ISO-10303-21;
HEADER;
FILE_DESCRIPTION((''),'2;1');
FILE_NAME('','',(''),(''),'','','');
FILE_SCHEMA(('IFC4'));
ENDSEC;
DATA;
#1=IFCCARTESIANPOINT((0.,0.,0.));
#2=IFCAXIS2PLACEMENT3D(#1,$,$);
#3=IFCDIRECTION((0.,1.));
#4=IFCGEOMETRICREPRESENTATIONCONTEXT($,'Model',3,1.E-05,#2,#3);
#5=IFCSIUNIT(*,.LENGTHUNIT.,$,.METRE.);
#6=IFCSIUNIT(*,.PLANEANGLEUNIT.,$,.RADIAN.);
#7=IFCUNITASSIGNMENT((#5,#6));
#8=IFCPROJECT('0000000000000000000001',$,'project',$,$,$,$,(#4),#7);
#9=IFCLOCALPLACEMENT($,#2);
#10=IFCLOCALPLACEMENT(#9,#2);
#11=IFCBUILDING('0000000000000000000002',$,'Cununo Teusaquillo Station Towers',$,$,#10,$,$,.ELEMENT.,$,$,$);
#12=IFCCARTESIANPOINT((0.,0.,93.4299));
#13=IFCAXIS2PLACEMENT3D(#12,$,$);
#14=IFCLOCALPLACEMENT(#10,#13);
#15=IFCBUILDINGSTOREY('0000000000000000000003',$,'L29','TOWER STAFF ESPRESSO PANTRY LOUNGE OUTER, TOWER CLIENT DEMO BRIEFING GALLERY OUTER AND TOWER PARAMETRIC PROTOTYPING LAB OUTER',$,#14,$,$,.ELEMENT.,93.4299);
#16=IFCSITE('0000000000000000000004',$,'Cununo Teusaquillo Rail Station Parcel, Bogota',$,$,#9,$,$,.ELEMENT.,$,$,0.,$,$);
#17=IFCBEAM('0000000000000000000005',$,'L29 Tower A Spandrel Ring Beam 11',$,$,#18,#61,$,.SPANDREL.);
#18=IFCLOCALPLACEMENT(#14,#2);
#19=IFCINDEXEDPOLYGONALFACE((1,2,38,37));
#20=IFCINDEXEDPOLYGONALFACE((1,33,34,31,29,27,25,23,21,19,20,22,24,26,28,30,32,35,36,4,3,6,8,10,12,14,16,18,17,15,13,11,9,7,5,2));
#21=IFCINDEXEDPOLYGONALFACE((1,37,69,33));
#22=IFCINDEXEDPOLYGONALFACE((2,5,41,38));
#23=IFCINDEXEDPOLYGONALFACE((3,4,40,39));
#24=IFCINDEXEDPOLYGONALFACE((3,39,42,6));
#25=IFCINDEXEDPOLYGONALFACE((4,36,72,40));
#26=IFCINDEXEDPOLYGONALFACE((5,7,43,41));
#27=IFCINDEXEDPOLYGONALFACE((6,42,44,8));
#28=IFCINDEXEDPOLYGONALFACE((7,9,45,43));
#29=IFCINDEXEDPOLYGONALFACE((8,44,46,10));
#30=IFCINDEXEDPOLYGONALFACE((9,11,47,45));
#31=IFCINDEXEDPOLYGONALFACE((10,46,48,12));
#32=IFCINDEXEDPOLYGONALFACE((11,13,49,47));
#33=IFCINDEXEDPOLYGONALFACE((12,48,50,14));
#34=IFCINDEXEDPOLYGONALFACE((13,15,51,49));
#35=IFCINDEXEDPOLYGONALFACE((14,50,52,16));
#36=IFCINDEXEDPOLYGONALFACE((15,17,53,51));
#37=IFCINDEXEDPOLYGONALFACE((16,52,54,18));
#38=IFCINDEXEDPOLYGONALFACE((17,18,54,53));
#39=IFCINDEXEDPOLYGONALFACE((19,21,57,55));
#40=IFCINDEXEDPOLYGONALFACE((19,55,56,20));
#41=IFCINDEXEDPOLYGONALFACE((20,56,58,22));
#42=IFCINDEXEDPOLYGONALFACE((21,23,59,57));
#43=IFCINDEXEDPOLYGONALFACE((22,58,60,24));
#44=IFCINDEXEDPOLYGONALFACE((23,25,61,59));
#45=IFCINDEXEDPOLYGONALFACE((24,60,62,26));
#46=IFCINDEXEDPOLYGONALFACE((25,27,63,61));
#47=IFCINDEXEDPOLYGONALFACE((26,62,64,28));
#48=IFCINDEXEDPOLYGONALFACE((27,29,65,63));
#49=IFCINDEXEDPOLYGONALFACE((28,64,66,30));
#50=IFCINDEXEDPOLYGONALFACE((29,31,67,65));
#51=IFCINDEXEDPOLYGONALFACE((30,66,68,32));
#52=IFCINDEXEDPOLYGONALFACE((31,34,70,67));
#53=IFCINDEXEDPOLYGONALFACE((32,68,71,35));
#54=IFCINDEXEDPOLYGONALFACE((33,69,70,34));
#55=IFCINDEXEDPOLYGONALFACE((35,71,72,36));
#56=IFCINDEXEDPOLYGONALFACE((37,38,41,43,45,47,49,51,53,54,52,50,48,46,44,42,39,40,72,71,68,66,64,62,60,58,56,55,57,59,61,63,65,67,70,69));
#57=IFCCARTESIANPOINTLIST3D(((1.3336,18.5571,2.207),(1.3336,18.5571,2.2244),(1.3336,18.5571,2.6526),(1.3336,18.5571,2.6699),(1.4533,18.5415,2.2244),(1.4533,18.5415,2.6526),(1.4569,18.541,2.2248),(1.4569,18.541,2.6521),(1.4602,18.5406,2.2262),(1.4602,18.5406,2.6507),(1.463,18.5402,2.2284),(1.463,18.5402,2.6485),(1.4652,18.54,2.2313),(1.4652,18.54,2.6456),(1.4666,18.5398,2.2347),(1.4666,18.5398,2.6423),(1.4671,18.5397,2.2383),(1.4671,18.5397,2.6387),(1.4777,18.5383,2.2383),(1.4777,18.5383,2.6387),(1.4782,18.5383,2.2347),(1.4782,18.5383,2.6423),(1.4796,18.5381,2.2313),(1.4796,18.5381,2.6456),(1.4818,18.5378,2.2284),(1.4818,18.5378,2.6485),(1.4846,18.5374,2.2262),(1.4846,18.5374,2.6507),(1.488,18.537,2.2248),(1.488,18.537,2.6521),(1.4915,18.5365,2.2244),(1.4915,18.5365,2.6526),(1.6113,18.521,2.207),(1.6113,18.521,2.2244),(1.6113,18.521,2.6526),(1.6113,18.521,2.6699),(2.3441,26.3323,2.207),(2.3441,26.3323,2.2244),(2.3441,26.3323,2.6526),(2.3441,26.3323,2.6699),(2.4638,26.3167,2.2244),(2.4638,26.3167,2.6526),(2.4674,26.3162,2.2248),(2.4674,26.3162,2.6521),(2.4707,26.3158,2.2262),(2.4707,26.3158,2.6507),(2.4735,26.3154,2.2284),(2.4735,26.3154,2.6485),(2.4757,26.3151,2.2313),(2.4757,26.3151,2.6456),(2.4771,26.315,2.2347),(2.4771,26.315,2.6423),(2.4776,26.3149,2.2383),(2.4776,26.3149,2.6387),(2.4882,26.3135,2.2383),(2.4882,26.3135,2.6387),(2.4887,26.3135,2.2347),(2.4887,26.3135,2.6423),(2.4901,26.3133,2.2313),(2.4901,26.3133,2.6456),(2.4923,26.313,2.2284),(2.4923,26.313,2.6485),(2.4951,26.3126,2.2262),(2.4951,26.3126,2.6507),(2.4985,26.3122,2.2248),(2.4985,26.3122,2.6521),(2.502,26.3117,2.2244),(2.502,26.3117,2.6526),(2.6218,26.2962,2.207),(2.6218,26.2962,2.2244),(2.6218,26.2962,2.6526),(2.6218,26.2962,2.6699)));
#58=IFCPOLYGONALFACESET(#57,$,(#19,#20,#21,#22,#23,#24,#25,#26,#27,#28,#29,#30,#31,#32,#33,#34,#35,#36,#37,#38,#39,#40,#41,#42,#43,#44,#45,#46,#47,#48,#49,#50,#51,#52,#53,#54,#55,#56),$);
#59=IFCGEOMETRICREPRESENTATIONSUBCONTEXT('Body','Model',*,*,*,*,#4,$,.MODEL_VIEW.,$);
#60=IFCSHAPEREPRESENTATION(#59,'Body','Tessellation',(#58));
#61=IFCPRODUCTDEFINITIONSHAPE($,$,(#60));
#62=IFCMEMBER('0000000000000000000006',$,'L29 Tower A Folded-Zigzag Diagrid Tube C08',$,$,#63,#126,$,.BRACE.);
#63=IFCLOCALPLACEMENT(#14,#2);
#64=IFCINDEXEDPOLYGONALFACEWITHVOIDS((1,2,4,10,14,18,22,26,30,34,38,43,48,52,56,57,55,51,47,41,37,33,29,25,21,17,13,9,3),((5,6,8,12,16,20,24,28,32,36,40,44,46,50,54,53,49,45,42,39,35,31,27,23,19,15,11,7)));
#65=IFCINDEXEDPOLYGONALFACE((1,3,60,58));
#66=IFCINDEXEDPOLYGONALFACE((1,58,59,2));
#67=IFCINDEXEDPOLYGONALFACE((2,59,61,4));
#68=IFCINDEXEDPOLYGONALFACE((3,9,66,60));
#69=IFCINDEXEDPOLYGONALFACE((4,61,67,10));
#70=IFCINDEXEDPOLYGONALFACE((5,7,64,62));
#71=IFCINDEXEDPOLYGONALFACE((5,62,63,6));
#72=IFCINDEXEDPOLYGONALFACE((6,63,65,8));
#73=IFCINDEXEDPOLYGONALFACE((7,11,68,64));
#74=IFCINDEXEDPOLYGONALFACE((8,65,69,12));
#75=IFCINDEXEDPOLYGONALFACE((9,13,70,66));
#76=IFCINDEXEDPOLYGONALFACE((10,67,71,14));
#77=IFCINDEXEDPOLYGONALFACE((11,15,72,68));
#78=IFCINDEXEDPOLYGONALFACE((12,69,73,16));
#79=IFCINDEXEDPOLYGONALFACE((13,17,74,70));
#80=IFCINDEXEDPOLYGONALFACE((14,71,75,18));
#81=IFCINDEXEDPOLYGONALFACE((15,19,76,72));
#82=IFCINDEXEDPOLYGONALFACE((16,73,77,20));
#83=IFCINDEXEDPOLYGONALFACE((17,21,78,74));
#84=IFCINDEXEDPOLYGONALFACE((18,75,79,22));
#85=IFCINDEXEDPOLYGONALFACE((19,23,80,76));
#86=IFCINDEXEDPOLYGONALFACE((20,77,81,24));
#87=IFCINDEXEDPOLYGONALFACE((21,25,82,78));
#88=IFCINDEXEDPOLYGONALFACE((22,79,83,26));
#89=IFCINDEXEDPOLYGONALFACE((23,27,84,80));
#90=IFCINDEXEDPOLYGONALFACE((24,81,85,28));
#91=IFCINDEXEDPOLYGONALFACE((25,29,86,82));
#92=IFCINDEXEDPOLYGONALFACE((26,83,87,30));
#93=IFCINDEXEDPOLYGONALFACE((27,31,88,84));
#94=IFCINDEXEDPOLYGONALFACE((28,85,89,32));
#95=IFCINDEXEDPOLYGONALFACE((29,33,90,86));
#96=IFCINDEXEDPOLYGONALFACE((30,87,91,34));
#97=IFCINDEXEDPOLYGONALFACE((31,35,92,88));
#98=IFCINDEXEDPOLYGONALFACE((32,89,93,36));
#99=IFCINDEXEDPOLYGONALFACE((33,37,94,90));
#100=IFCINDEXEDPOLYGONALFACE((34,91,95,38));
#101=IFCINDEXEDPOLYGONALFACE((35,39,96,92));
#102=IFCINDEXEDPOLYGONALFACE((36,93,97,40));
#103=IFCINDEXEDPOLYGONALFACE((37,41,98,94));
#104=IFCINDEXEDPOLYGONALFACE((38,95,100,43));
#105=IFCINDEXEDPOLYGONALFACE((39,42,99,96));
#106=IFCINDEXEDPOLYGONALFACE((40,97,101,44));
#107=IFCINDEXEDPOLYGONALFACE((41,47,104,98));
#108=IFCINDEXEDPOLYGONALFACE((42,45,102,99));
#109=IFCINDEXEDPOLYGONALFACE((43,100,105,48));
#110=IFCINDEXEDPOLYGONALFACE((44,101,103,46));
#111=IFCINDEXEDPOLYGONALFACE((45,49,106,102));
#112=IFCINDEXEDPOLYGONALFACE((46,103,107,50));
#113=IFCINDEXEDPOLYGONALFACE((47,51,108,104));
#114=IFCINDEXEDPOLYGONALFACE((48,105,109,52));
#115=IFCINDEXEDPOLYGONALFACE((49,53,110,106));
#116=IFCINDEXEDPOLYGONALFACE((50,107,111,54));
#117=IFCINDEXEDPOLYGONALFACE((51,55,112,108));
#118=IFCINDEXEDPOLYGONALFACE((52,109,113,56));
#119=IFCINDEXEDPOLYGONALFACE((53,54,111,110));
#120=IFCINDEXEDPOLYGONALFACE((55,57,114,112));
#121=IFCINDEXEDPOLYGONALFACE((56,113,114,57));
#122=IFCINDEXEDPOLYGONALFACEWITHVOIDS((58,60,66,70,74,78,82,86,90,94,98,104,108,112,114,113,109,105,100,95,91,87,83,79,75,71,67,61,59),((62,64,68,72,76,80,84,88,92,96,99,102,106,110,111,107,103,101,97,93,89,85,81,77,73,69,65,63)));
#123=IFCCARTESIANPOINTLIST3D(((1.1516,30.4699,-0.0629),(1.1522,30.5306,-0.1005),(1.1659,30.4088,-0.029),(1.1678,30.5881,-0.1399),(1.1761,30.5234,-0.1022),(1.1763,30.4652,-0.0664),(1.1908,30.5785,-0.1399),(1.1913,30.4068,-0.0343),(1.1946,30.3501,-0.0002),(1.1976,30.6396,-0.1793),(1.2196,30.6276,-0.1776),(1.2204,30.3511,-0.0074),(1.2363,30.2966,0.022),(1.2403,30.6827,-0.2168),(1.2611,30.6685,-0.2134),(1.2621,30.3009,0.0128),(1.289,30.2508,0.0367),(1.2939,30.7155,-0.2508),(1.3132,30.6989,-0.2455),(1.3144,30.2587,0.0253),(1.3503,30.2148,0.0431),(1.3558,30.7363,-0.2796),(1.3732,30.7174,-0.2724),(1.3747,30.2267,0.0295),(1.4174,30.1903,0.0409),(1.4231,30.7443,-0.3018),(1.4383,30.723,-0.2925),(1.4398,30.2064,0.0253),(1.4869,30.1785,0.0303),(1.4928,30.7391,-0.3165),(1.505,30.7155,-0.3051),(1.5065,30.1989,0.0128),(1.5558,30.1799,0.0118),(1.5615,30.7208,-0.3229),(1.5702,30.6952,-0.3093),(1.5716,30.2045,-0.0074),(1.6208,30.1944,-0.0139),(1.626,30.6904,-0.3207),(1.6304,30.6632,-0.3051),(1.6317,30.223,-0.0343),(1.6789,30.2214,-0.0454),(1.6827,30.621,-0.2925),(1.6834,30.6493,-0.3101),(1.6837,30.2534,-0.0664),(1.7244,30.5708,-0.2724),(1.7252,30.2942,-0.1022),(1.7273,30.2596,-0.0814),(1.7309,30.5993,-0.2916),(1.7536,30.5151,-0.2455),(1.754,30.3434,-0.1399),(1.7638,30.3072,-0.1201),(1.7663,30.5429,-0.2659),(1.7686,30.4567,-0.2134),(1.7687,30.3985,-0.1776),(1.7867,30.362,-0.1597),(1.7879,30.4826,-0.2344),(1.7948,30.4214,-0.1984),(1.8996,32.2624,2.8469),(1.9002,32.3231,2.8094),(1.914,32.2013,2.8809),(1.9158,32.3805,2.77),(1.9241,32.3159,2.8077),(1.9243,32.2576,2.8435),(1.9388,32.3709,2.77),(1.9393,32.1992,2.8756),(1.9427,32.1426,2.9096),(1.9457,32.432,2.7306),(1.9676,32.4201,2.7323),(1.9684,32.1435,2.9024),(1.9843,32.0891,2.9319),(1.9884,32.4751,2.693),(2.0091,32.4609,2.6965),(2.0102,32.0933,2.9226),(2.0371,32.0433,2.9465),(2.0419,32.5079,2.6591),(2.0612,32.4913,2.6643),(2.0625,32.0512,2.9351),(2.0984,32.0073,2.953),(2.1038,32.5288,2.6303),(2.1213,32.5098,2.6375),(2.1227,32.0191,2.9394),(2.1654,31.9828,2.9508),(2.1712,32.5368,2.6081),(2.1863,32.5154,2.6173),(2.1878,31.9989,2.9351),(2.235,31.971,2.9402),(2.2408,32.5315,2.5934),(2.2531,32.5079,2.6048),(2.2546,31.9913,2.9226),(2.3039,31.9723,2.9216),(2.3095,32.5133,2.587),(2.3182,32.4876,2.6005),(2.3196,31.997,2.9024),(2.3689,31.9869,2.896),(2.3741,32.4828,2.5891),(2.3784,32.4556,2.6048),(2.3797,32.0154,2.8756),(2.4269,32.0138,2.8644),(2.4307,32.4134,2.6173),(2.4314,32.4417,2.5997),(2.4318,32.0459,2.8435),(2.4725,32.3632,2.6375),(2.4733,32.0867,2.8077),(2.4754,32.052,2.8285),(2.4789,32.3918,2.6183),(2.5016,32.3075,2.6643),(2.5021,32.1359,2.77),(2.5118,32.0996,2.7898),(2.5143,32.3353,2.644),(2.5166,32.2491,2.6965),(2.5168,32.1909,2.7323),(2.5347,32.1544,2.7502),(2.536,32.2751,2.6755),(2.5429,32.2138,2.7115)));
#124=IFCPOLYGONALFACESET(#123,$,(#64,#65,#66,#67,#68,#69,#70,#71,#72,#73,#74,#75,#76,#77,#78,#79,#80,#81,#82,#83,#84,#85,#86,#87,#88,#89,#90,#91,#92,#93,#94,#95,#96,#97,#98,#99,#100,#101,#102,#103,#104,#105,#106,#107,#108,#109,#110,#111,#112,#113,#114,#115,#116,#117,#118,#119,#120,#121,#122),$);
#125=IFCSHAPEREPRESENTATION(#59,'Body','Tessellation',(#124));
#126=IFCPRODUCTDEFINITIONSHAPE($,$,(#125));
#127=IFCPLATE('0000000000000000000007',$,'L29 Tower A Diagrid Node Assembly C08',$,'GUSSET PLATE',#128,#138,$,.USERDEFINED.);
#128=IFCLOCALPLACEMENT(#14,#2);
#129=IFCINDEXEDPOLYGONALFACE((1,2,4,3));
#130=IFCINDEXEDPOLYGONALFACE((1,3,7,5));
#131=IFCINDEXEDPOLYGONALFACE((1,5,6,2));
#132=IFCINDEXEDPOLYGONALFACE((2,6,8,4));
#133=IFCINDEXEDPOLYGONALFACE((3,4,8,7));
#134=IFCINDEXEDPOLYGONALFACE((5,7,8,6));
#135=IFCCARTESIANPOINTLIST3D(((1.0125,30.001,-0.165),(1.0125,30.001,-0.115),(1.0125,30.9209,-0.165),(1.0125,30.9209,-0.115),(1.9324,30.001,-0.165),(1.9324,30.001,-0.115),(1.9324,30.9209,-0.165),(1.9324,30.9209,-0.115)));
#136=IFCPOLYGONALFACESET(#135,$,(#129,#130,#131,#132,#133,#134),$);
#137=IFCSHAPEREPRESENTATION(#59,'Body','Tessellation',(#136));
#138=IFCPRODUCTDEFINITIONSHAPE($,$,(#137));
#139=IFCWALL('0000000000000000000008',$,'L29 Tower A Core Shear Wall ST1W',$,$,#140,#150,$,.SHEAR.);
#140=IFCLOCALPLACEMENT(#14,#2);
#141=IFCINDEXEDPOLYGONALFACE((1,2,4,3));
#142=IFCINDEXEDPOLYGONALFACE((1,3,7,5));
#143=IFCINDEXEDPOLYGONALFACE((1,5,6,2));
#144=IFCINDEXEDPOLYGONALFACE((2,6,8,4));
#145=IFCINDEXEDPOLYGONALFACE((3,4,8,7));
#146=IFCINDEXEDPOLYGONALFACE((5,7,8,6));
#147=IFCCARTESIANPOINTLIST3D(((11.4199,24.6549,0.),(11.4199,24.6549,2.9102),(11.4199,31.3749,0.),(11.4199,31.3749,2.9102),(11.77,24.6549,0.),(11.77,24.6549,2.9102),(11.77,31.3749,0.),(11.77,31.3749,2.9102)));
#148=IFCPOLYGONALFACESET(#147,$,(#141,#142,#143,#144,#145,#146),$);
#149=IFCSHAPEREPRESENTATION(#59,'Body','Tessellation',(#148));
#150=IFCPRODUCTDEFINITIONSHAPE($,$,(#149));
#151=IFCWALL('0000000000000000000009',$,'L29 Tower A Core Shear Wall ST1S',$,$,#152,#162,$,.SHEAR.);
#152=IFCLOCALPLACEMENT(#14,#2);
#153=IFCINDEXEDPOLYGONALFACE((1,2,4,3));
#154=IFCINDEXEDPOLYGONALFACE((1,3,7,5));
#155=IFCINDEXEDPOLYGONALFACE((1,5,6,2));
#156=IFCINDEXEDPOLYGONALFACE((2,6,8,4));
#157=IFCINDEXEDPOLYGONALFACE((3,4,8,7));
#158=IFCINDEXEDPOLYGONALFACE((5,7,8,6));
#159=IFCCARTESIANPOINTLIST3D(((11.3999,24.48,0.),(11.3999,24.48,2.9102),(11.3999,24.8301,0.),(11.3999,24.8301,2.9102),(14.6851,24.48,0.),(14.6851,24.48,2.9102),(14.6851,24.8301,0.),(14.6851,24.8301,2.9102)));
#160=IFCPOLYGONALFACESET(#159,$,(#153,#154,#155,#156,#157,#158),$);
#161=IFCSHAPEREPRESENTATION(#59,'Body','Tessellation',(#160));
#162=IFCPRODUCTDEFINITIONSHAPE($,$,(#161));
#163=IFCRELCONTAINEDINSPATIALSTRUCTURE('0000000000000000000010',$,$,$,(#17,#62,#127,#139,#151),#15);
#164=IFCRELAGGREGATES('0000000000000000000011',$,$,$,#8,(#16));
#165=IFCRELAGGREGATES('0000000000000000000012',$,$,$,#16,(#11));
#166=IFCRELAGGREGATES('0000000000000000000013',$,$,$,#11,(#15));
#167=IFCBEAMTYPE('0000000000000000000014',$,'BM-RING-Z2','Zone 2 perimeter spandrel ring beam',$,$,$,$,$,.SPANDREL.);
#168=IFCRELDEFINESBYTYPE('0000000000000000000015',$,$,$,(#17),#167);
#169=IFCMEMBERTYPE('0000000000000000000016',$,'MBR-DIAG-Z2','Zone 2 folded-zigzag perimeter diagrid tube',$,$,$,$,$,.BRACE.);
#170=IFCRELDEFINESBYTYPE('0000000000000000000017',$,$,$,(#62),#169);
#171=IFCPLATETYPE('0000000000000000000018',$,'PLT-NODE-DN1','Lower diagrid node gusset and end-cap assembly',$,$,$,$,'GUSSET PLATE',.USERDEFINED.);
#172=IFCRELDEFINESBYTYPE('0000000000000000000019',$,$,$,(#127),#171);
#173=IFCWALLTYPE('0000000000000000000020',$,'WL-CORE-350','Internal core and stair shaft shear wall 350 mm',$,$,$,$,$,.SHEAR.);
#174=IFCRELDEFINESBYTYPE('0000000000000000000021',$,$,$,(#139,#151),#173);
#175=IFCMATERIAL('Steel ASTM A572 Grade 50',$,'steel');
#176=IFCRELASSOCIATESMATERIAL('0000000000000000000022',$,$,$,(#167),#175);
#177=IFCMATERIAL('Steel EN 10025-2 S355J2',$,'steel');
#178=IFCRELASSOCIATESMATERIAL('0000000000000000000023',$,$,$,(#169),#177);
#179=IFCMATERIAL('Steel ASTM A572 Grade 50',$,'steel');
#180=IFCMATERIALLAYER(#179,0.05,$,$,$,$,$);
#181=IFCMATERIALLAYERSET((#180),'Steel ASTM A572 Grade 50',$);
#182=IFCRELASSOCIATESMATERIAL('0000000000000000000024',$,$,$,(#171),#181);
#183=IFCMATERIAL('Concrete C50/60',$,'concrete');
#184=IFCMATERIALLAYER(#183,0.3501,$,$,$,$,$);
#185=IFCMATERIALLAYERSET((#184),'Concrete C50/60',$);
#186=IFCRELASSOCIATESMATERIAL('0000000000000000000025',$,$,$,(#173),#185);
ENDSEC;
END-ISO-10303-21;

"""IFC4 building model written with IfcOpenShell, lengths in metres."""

from ifc_helpers import new_model, si_unit, direction, frame, frame_2d, origin, origin_2d, place, context, subcontext, project, spatial, rectangle, hollow_circle, i_section, extrude, source, transform, mapped, material, layer, layer_set, material_profile, profile_set, type_object, element, save


model = new_model("IFC4")

# Units and contexts
model_context = context("Model", 3, precision=1e-05, world=origin(), true_north=direction((0.0, 1.0)))
body_context = subcontext(model_context, "Body", "Model", "MODEL_VIEW")
ifc_project = project(units=[si_unit("LENGTHUNIT", "METRE"), si_unit("PLANEANGLEUNIT", "RADIAN")], contexts=[model_context])

# Site, building, storey
site_placement = place(None, origin())
site = spatial("IfcSite", under=ifc_project, at=site_placement, Name="Cununo Teusaquillo Rail Station Parcel, Bogota", CompositionType="ELEMENT", RefElevation=0.0)
building_placement = place(site_placement, origin())
building = spatial("IfcBuilding", under=site, at=building_placement, Name="Cununo Teusaquillo Station Towers", CompositionType="ELEMENT")
storey_placement = place(building_placement, frame((0.0, 0.0, 93.4299)))
storey = spatial("IfcBuildingStorey", under=building, at=storey_placement, Name="L29", Description="TOWER STAFF ESPRESSO PANTRY LOUNGE OUTER, TOWER CLIENT DEMO BRIEFING GALLERY OUTER AND TOWER PARAMETRIC PROTOTYPING LAB OUTER", CompositionType="ELEMENT", Elevation=93.4299)

# Beam
ifc_material_1 = material(Name="Steel ASTM A572 Grade 50", Category="steel")
ifc_material_profile_1 = material_profile(ifc_material_1, i_section(OverallWidth=0.28, OverallDepth=0.4629, WebThickness=0.0107, FlangeThickness=0.0173, FilletRadius=0.0139, at=origin_2d()), Name="W18X76")
ifc_profile_set_1 = profile_set([ifc_material_profile_1], Name="Steel ASTM A572 Grade 50")
beam_type_1 = type_object("IfcBeamType", Name="BM-RING-Z2", Description="Zone 2 perimeter spandrel ring beam", PredefinedType="SPANDREL", material=ifc_profile_set_1)
beam_1_placement = place(storey_placement, frame((2.4829, 26.3142, 2.4385), z_axis=(-0.128881, -0.99166, 0.0), x_axis=(0.99166, -0.128881, 0.0)))
element("IfcBeam", 1, at=beam_1_placement, inside=storey, type_object=beam_type_1, Name="L29 Tower A Spandrel Ring Beam 11", PredefinedType="SPANDREL", context=body_context, shape_type="SweptSolid", body=[
    extrude(i_section(OverallWidth=0.28, OverallDepth=0.4629, WebThickness=0.0107, FlangeThickness=0.0173, FilletRadius=0.0139, at=origin_2d()), origin(), (0.0, 0.0, 1.0), 7.8406),
])

# Member
ifc_material_2 = material(Name="Steel EN 10025-2 S355J2", Category="steel")
ifc_material_profile_2 = material_profile(ifc_material_2, hollow_circle(Radius=0.3301, WallThickness=0.0249, at=origin_2d()), Name="CHS 660x25")
ifc_profile_set_2 = profile_set([ifc_material_profile_2], Name="Steel EN 10025-2 S355J2")
member_type = type_object("IfcMemberType", Name="MBR-DIAG-Z2", Description="Zone 2 folded-zigzag perimeter diagrid tube", PredefinedType="BRACE", material=ifc_profile_set_2)
member_placement = place(storey_placement, frame((1.4724, 30.4609, -0.1399), z_axis=(0.213814, 0.512343, 0.831738), x_axis=(-0.922861, 0.385133, 0.0)))
element("IfcMember", 2, at=member_placement, inside=storey, type_object=member_type, Name="L29 Tower A Folded-Zigzag Diagrid Tube C08", PredefinedType="BRACE", context=body_context, shape_type="SweptSolid", body=[
    extrude(hollow_circle(Radius=0.3301, WallThickness=0.0249, at=origin_2d()), origin(), (0.0, 0.0, 1.0), 3.4985),
])

# Plate
ifc_material_3 = material(Name="Steel ASTM A572 Grade 50", Category="steel")
ifc_layer_1 = layer(ifc_material_3, 0.05)
ifc_layer_set_1 = layer_set([ifc_layer_1], Name="Steel ASTM A572 Grade 50")
plate_type = type_object("IfcPlateType", Name="PLT-NODE-DN1", Description="Lower diagrid node gusset and end-cap assembly", ElementType="GUSSET PLATE", PredefinedType="USERDEFINED", material=ifc_layer_set_1)
shared_shape_1 = source(origin(), body_context, "Body", "SweptSolid", [
    extrude(rectangle(XDim=0.9199, YDim=0.9199, at=origin_2d()), origin(), (0.0, 0.0, 1.0), 0.05),
])
plate_placement = place(storey_placement, frame((1.4724, 30.4609, -0.165), z_axis=(0.0, 0.0, 1.0), x_axis=(1.0, 0.0, 0.0)))
element("IfcPlate", 3, at=plate_placement, inside=storey, type_object=plate_type, Name="L29 Tower A Diagrid Node Assembly C08", ObjectType="GUSSET PLATE", PredefinedType="USERDEFINED", context=body_context, shape_type="MappedRepresentation", body=[
    mapped(shared_shape_1, transform((0.0, 0.0, 0.0), x_axis=(1.0, 0.0, 0.0), y_axis=(0.0, 1.0, 0.0), z_axis=(0.0, 0.0, 1.0), scale=1.0)),
])

# Walls
ifc_material_4 = material(Name="Concrete C50/60", Category="concrete")
ifc_layer_2 = layer(ifc_material_4, 0.3501)
ifc_layer_set_2 = layer_set([ifc_layer_2], Name="Concrete C50/60")
wall_type_1 = type_object("IfcWallType", Name="WL-CORE-350", Description="Internal core and stair shaft shear wall 350 mm", PredefinedType="SHEAR", material=ifc_layer_set_2)
wall_1_placement = place(storey_placement, frame((11.595, 24.655, 0.0), z_axis=(0.0, 0.0, 1.0), x_axis=(0.0, 1.0, 0.0)))
element("IfcWall", 4, at=wall_1_placement, inside=storey, type_object=wall_type_1, Name="L29 Tower A Core Shear Wall ST1W", PredefinedType="SHEAR", context=body_context, shape_type="SweptSolid", body=[
    extrude(rectangle(XDim=6.72, YDim=0.3501, at=frame_2d((3.3599, 0.0))), origin(), (0.0, 0.0, 1.0), 2.9102),
])
wall_2_placement = place(storey_placement, frame((11.3999, 24.655, 0.0), z_axis=(0.0, 0.0, 1.0), x_axis=(1.0, 0.0, 0.0)))
element("IfcWall", 5, at=wall_2_placement, inside=storey, type_object=wall_type_1, Name="L29 Tower A Core Shear Wall ST1S", PredefinedType="SHEAR", context=body_context, shape_type="SweptSolid", body=[
    extrude(rectangle(XDim=3.2852, YDim=0.3501, at=frame_2d((1.6426, 0.0))), origin(), (0.0, 0.0, 1.0), 2.9102),
])

save(model, "model.ifc")
